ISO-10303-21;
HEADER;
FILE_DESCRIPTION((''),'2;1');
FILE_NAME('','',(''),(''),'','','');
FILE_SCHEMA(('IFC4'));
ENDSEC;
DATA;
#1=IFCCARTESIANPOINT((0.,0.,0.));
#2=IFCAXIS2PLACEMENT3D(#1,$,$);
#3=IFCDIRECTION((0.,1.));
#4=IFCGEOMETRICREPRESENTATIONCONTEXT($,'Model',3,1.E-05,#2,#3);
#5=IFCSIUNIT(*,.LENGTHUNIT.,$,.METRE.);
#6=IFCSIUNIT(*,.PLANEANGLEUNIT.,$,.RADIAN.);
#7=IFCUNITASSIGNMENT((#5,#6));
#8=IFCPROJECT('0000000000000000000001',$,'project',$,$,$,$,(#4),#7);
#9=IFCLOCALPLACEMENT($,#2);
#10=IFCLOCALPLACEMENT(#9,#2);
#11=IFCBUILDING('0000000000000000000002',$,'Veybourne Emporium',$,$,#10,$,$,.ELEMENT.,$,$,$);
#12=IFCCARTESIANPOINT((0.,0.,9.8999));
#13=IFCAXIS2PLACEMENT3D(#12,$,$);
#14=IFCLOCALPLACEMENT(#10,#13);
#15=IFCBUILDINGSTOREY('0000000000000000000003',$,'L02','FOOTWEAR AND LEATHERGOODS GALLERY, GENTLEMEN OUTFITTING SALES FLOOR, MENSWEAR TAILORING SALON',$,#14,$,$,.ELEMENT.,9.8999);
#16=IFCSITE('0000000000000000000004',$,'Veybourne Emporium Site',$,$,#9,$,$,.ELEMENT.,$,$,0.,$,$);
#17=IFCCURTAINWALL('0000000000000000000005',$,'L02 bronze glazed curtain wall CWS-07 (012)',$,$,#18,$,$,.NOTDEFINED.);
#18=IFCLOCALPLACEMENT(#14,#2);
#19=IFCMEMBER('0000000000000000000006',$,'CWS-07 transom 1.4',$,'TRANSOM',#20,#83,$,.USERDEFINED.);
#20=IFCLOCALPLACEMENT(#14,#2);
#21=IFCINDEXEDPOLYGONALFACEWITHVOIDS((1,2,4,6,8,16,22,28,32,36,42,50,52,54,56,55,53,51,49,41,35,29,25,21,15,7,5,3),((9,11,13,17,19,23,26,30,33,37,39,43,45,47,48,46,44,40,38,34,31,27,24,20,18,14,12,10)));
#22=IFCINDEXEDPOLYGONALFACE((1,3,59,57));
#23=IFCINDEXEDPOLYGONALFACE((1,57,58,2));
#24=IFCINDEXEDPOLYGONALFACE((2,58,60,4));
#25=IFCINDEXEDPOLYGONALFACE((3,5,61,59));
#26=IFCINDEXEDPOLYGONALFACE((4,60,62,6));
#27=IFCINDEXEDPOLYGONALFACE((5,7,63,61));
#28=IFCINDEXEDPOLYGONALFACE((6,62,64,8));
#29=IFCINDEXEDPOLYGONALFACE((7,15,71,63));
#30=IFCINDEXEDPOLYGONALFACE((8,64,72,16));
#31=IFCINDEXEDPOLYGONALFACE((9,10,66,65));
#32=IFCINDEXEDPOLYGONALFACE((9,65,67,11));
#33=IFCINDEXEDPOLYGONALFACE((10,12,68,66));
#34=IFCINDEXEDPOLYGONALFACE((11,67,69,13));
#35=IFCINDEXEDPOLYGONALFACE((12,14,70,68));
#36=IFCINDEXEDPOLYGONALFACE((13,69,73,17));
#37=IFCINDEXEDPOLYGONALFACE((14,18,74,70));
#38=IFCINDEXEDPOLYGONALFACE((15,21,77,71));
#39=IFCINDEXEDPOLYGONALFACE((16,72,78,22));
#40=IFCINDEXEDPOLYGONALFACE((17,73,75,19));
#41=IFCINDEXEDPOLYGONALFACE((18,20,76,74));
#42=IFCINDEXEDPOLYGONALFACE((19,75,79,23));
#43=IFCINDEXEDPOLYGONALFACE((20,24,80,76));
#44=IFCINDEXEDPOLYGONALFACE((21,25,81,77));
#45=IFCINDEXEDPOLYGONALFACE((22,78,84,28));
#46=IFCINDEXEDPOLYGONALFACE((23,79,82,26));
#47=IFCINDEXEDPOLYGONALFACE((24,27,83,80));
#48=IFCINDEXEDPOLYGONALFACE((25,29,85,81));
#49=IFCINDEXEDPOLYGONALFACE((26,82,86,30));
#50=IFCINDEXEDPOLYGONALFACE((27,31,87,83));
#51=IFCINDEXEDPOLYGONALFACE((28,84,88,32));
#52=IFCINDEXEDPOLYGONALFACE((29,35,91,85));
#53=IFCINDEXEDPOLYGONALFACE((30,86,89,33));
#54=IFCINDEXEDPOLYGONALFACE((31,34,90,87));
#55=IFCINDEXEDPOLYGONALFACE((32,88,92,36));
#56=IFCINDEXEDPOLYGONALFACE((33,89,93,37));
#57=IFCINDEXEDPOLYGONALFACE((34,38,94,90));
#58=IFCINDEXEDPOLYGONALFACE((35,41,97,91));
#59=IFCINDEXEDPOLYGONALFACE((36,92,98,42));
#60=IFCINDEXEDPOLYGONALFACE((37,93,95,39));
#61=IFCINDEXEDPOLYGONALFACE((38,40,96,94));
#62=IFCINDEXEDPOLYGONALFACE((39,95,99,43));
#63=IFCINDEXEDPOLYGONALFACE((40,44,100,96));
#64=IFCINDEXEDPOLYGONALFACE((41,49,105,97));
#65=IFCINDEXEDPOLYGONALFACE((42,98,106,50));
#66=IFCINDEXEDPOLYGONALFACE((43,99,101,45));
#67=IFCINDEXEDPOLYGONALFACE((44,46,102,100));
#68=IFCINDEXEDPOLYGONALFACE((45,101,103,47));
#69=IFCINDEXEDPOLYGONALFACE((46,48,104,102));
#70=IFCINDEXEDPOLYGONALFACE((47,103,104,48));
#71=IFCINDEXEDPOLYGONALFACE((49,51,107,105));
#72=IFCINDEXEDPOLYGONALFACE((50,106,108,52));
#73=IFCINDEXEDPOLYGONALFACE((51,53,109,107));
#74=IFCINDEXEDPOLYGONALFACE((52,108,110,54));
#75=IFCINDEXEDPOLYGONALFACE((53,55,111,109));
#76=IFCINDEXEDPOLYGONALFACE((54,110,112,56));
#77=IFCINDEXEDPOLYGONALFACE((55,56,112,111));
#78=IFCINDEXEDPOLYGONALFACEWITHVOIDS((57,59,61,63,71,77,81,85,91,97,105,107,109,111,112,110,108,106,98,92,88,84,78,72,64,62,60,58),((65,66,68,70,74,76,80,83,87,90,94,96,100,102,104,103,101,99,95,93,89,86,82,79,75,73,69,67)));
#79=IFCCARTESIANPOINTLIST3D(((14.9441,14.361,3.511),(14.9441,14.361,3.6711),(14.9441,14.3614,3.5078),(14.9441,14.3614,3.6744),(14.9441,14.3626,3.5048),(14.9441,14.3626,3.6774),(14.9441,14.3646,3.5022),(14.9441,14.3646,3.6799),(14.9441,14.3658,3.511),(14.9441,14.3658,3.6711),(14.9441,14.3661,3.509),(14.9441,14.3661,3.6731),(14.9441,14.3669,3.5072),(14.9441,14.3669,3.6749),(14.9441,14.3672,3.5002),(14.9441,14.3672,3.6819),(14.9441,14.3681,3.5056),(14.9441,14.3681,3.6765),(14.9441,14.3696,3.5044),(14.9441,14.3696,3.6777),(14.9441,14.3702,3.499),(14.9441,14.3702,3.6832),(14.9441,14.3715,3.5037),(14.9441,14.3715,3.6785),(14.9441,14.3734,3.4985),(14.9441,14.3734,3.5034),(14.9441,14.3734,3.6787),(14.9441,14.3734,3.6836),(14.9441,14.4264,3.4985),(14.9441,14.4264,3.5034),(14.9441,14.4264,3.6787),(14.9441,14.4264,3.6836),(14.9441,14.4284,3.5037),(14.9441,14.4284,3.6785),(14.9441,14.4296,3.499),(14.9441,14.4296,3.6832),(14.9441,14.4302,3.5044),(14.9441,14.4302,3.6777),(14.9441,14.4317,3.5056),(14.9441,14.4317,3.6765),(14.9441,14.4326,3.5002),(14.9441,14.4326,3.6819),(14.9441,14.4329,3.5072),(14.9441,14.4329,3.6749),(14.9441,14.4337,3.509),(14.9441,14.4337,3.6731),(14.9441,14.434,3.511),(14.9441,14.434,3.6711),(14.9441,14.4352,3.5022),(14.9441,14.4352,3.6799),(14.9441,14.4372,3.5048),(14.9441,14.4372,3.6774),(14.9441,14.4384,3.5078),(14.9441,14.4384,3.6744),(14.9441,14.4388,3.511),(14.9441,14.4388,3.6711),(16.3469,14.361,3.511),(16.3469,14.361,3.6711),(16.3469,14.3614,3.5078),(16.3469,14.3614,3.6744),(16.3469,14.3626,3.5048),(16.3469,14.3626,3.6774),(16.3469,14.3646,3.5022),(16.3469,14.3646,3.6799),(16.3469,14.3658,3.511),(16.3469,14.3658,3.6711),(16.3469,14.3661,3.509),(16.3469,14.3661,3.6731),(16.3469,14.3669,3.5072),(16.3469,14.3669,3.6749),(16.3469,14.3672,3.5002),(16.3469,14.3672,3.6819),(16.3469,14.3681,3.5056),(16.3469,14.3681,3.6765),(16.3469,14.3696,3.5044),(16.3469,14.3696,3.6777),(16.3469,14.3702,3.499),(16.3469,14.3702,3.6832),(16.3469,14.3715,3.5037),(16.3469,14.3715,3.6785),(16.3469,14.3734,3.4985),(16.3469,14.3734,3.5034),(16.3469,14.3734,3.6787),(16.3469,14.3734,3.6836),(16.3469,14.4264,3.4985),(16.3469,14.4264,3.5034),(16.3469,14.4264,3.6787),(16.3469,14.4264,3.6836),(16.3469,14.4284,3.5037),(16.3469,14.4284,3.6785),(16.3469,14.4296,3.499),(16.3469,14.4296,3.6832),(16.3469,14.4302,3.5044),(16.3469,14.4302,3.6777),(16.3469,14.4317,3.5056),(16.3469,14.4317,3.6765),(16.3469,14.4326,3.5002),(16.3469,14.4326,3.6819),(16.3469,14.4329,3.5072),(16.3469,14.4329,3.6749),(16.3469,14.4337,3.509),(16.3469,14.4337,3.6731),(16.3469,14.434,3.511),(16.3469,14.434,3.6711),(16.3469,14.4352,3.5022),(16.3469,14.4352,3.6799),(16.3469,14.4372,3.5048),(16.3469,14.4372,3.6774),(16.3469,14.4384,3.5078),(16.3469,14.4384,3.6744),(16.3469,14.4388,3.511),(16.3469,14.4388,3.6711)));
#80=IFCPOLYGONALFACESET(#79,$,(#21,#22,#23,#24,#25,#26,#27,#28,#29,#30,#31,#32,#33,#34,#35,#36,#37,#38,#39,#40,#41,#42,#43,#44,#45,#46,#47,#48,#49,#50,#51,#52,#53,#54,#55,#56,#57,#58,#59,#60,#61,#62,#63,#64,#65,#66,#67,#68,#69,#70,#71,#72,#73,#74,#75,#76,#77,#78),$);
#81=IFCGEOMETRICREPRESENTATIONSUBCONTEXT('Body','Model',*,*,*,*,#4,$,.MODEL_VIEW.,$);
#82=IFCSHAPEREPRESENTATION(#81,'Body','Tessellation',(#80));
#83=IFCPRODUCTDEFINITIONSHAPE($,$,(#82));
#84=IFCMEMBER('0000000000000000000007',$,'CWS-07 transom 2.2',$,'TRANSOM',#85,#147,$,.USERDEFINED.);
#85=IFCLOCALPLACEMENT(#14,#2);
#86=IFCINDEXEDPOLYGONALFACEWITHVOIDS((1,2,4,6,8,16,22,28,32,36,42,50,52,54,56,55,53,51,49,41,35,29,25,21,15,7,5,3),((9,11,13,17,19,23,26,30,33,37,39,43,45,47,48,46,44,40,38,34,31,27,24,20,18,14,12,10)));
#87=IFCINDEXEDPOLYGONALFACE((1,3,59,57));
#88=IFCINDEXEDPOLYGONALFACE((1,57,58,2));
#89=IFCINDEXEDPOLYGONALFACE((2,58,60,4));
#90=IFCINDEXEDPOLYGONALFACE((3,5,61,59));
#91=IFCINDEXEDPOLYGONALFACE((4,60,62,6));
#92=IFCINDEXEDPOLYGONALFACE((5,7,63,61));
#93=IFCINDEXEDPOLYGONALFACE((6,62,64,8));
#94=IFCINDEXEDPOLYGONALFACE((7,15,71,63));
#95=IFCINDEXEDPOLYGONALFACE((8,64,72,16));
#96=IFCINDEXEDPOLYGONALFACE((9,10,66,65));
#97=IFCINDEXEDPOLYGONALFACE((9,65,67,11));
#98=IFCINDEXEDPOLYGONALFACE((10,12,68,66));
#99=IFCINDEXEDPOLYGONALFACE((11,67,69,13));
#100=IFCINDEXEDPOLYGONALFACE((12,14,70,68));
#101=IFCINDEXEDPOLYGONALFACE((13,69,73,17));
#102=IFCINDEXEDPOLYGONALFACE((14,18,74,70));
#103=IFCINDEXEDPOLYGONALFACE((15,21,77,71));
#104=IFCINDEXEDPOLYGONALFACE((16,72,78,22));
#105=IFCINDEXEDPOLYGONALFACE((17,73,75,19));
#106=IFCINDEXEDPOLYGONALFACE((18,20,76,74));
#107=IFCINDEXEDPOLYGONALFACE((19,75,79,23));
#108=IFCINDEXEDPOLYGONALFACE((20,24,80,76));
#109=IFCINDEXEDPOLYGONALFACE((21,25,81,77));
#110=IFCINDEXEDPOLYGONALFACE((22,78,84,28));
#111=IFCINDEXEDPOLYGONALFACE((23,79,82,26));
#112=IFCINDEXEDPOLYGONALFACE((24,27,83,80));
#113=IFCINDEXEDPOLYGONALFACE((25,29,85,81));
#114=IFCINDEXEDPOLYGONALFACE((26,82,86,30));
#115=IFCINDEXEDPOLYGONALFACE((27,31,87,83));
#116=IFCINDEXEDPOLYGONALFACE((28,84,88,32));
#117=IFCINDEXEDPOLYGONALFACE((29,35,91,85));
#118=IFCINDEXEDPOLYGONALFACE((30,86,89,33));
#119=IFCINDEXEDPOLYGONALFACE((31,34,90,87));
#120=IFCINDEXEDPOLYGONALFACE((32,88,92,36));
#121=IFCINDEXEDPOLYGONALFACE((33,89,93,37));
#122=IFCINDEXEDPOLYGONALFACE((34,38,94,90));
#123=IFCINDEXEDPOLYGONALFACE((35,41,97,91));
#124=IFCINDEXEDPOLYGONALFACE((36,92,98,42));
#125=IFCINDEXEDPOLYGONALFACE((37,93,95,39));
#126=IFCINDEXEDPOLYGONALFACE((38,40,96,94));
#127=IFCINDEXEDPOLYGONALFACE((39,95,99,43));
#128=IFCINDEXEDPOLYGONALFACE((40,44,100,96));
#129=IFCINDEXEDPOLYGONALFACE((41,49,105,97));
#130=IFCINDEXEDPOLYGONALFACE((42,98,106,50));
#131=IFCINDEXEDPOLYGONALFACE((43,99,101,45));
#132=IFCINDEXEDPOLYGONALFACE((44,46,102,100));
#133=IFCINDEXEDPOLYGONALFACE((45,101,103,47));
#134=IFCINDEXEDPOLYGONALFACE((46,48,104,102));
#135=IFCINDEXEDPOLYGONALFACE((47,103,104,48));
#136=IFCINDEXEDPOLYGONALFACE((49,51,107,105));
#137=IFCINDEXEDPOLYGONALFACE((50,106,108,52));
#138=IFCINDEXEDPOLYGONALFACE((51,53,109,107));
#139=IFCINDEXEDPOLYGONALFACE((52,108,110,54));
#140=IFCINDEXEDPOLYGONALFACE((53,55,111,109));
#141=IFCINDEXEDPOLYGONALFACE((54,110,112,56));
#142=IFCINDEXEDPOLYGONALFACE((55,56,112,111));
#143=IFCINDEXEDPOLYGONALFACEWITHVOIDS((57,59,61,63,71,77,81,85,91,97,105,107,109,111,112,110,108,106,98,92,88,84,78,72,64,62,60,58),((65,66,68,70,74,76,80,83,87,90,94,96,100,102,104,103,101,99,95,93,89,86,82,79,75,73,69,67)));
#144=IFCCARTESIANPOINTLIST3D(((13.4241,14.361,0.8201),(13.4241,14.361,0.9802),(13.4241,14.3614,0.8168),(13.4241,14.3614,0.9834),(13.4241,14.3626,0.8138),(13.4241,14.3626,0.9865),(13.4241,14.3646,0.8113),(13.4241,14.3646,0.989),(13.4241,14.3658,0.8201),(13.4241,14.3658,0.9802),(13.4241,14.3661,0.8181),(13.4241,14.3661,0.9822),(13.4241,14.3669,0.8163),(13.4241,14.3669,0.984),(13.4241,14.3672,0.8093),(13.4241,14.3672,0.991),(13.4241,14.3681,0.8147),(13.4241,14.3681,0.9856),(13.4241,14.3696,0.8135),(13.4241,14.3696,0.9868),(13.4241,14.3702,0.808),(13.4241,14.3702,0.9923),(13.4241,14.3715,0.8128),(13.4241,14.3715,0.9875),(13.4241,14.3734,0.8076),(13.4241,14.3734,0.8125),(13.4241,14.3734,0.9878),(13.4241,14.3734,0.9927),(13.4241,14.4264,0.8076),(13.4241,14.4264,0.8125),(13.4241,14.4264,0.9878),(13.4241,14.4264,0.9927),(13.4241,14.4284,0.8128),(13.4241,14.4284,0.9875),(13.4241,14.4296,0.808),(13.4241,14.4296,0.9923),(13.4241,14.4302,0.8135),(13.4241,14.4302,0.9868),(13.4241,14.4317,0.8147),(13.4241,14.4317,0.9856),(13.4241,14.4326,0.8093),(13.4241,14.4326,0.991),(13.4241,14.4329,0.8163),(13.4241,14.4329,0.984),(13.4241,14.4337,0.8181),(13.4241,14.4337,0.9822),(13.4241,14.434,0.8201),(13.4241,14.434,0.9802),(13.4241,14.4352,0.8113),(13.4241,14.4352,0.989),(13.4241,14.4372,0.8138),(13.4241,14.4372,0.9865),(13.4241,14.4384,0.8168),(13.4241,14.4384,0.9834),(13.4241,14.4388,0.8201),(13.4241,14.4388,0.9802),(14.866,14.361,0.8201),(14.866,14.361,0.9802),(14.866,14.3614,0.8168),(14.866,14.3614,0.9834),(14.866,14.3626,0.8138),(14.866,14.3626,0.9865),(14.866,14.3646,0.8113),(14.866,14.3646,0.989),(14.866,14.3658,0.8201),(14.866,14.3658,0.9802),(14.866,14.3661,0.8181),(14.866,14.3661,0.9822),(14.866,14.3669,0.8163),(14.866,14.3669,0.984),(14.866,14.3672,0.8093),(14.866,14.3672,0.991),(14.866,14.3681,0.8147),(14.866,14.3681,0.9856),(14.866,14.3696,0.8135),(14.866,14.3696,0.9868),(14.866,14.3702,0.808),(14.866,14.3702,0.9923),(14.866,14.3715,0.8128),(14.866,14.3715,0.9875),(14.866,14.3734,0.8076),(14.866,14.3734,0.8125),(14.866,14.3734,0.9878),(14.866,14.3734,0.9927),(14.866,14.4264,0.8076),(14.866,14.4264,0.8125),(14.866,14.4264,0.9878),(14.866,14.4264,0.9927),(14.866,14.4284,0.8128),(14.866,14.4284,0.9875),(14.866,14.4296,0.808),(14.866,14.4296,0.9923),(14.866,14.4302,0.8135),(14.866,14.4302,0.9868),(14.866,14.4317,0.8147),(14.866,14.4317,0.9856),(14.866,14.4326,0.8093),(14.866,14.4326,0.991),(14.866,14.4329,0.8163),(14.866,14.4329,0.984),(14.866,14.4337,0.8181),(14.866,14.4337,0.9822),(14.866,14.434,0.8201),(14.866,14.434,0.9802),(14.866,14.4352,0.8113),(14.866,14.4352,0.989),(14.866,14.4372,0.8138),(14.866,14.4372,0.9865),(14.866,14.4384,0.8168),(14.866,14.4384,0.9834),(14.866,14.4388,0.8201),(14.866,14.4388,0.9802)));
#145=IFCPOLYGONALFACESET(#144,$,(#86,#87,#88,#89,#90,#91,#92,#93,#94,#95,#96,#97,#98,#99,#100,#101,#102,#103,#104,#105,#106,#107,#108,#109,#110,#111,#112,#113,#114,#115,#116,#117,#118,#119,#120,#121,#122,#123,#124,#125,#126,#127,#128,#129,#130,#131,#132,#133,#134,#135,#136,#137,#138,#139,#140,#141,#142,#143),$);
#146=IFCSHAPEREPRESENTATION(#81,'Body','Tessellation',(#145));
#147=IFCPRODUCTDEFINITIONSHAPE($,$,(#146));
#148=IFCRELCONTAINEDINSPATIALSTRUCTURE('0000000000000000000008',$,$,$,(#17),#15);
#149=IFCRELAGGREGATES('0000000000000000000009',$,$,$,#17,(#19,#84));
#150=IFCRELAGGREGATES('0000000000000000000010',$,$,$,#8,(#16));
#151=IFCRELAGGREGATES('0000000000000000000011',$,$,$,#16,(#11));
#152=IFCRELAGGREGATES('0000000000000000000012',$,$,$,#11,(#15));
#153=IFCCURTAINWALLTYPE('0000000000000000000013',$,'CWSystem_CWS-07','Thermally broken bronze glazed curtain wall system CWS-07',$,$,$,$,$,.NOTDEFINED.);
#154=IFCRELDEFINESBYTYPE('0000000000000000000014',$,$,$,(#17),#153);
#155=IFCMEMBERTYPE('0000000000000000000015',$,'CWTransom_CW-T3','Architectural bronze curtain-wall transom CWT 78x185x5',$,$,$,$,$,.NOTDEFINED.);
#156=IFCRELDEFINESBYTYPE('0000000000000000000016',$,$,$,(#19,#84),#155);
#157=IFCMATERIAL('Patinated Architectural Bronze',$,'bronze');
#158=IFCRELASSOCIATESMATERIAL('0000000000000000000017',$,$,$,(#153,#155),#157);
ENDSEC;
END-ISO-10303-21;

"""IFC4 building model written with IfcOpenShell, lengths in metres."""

from ifc_helpers import new_model, si_unit, direction, frame, origin, origin_2d, place, context, subcontext, project, spatial, hollow_rectangle, extrude, material, material_profile, profile_set, type_object, element, aggregate, save


model = new_model("IFC4")

# Units and contexts
model_context = context("Model", 3, precision=1e-05, world=origin(), true_north=direction((0.0, 1.0)))
body_context = subcontext(model_context, "Body", "Model", "MODEL_VIEW")
ifc_project = project(units=[si_unit("LENGTHUNIT", "METRE"), si_unit("PLANEANGLEUNIT", "RADIAN")], contexts=[model_context])

# Site, building, storey
site_placement = place(None, origin())
site = spatial("IfcSite", under=ifc_project, at=site_placement, Name="Veybourne Emporium Site", CompositionType="ELEMENT", RefElevation=0.0)
building_placement = place(site_placement, origin())
building = spatial("IfcBuilding", under=site, at=building_placement, Name="Veybourne Emporium", CompositionType="ELEMENT")
storey_placement = place(building_placement, frame((0.0, 0.0, 9.8999)))
storey = spatial("IfcBuildingStorey", under=building, at=storey_placement, Name="L02", Description="FOOTWEAR AND LEATHERGOODS GALLERY, GENTLEMEN OUTFITTING SALES FLOOR, MENSWEAR TAILORING SALON", CompositionType="ELEMENT", Elevation=9.8999)

# Curtain wall
ifc_material_1 = material(Name="Patinated Architectural Bronze", Category="bronze")
curtain_wall_type_1 = type_object("IfcCurtainWallType", Name="CWSystem_CWS-07", Description="Thermally broken bronze glazed curtain wall system CWS-07", PredefinedType="NOTDEFINED", material=ifc_material_1)
curtain_wall_1_placement = place(storey_placement, origin())
curtain_wall_1 = element("IfcCurtainWall", 1, at=curtain_wall_1_placement, inside=storey, type_object=curtain_wall_type_1, Name="L02 bronze glazed curtain wall CWS-07 (012)", PredefinedType="NOTDEFINED")

# Members
ifc_material_profile_1 = material_profile(ifc_material_1, hollow_rectangle(XDim=0.0779, YDim=0.1851, WallThickness=0.0049, InnerFilletRadius=0.0076, OuterFilletRadius=0.0125, at=origin_2d()), Name="CWT 78x185x5")
ifc_profile_set_1 = profile_set([ifc_material_profile_1], Name="Patinated Architectural Bronze")
member_type_1 = type_object("IfcMemberType", Name="CWTransom_CW-T3", Description="Architectural bronze curtain-wall transom CWT 78x185x5", PredefinedType="NOTDEFINED", material=ifc_profile_set_1)
member_1_placement = place(storey_placement, frame((16.3469, 14.3999, 3.5911), z_axis=(-1.0, 0.0, 0.0), x_axis=(0.0, -1.0, 0.0)))
member_1 = element("IfcMember", 2, at=member_1_placement, type_object=member_type_1, Name="CWS-07 transom 1.4", ObjectType="TRANSOM", PredefinedType="USERDEFINED", context=body_context, shape_type="SweptSolid", body=[
    extrude(hollow_rectangle(XDim=0.0779, YDim=0.1851, WallThickness=0.0049, InnerFilletRadius=0.0076, OuterFilletRadius=0.0125, at=origin_2d()), origin(), (0.0, 0.0, 1.0), 1.4028),
])
member_2_placement = place(storey_placement, frame((14.866, 14.3999, 0.9001), z_axis=(-1.0, 0.0, 0.0), x_axis=(0.0, -1.0, 0.0)))
member_2 = element("IfcMember", 3, at=member_2_placement, type_object=member_type_1, Name="CWS-07 transom 2.2", ObjectType="TRANSOM", PredefinedType="USERDEFINED", context=body_context, shape_type="SweptSolid", body=[
    extrude(hollow_rectangle(XDim=0.0779, YDim=0.1851, WallThickness=0.0049, InnerFilletRadius=0.0076, OuterFilletRadius=0.0125, at=origin_2d()), origin(), (0.0, 0.0, 1.0), 1.4419),
])

aggregate(curtain_wall_1, [member_1, member_2])

save(model, "model.ifc")
